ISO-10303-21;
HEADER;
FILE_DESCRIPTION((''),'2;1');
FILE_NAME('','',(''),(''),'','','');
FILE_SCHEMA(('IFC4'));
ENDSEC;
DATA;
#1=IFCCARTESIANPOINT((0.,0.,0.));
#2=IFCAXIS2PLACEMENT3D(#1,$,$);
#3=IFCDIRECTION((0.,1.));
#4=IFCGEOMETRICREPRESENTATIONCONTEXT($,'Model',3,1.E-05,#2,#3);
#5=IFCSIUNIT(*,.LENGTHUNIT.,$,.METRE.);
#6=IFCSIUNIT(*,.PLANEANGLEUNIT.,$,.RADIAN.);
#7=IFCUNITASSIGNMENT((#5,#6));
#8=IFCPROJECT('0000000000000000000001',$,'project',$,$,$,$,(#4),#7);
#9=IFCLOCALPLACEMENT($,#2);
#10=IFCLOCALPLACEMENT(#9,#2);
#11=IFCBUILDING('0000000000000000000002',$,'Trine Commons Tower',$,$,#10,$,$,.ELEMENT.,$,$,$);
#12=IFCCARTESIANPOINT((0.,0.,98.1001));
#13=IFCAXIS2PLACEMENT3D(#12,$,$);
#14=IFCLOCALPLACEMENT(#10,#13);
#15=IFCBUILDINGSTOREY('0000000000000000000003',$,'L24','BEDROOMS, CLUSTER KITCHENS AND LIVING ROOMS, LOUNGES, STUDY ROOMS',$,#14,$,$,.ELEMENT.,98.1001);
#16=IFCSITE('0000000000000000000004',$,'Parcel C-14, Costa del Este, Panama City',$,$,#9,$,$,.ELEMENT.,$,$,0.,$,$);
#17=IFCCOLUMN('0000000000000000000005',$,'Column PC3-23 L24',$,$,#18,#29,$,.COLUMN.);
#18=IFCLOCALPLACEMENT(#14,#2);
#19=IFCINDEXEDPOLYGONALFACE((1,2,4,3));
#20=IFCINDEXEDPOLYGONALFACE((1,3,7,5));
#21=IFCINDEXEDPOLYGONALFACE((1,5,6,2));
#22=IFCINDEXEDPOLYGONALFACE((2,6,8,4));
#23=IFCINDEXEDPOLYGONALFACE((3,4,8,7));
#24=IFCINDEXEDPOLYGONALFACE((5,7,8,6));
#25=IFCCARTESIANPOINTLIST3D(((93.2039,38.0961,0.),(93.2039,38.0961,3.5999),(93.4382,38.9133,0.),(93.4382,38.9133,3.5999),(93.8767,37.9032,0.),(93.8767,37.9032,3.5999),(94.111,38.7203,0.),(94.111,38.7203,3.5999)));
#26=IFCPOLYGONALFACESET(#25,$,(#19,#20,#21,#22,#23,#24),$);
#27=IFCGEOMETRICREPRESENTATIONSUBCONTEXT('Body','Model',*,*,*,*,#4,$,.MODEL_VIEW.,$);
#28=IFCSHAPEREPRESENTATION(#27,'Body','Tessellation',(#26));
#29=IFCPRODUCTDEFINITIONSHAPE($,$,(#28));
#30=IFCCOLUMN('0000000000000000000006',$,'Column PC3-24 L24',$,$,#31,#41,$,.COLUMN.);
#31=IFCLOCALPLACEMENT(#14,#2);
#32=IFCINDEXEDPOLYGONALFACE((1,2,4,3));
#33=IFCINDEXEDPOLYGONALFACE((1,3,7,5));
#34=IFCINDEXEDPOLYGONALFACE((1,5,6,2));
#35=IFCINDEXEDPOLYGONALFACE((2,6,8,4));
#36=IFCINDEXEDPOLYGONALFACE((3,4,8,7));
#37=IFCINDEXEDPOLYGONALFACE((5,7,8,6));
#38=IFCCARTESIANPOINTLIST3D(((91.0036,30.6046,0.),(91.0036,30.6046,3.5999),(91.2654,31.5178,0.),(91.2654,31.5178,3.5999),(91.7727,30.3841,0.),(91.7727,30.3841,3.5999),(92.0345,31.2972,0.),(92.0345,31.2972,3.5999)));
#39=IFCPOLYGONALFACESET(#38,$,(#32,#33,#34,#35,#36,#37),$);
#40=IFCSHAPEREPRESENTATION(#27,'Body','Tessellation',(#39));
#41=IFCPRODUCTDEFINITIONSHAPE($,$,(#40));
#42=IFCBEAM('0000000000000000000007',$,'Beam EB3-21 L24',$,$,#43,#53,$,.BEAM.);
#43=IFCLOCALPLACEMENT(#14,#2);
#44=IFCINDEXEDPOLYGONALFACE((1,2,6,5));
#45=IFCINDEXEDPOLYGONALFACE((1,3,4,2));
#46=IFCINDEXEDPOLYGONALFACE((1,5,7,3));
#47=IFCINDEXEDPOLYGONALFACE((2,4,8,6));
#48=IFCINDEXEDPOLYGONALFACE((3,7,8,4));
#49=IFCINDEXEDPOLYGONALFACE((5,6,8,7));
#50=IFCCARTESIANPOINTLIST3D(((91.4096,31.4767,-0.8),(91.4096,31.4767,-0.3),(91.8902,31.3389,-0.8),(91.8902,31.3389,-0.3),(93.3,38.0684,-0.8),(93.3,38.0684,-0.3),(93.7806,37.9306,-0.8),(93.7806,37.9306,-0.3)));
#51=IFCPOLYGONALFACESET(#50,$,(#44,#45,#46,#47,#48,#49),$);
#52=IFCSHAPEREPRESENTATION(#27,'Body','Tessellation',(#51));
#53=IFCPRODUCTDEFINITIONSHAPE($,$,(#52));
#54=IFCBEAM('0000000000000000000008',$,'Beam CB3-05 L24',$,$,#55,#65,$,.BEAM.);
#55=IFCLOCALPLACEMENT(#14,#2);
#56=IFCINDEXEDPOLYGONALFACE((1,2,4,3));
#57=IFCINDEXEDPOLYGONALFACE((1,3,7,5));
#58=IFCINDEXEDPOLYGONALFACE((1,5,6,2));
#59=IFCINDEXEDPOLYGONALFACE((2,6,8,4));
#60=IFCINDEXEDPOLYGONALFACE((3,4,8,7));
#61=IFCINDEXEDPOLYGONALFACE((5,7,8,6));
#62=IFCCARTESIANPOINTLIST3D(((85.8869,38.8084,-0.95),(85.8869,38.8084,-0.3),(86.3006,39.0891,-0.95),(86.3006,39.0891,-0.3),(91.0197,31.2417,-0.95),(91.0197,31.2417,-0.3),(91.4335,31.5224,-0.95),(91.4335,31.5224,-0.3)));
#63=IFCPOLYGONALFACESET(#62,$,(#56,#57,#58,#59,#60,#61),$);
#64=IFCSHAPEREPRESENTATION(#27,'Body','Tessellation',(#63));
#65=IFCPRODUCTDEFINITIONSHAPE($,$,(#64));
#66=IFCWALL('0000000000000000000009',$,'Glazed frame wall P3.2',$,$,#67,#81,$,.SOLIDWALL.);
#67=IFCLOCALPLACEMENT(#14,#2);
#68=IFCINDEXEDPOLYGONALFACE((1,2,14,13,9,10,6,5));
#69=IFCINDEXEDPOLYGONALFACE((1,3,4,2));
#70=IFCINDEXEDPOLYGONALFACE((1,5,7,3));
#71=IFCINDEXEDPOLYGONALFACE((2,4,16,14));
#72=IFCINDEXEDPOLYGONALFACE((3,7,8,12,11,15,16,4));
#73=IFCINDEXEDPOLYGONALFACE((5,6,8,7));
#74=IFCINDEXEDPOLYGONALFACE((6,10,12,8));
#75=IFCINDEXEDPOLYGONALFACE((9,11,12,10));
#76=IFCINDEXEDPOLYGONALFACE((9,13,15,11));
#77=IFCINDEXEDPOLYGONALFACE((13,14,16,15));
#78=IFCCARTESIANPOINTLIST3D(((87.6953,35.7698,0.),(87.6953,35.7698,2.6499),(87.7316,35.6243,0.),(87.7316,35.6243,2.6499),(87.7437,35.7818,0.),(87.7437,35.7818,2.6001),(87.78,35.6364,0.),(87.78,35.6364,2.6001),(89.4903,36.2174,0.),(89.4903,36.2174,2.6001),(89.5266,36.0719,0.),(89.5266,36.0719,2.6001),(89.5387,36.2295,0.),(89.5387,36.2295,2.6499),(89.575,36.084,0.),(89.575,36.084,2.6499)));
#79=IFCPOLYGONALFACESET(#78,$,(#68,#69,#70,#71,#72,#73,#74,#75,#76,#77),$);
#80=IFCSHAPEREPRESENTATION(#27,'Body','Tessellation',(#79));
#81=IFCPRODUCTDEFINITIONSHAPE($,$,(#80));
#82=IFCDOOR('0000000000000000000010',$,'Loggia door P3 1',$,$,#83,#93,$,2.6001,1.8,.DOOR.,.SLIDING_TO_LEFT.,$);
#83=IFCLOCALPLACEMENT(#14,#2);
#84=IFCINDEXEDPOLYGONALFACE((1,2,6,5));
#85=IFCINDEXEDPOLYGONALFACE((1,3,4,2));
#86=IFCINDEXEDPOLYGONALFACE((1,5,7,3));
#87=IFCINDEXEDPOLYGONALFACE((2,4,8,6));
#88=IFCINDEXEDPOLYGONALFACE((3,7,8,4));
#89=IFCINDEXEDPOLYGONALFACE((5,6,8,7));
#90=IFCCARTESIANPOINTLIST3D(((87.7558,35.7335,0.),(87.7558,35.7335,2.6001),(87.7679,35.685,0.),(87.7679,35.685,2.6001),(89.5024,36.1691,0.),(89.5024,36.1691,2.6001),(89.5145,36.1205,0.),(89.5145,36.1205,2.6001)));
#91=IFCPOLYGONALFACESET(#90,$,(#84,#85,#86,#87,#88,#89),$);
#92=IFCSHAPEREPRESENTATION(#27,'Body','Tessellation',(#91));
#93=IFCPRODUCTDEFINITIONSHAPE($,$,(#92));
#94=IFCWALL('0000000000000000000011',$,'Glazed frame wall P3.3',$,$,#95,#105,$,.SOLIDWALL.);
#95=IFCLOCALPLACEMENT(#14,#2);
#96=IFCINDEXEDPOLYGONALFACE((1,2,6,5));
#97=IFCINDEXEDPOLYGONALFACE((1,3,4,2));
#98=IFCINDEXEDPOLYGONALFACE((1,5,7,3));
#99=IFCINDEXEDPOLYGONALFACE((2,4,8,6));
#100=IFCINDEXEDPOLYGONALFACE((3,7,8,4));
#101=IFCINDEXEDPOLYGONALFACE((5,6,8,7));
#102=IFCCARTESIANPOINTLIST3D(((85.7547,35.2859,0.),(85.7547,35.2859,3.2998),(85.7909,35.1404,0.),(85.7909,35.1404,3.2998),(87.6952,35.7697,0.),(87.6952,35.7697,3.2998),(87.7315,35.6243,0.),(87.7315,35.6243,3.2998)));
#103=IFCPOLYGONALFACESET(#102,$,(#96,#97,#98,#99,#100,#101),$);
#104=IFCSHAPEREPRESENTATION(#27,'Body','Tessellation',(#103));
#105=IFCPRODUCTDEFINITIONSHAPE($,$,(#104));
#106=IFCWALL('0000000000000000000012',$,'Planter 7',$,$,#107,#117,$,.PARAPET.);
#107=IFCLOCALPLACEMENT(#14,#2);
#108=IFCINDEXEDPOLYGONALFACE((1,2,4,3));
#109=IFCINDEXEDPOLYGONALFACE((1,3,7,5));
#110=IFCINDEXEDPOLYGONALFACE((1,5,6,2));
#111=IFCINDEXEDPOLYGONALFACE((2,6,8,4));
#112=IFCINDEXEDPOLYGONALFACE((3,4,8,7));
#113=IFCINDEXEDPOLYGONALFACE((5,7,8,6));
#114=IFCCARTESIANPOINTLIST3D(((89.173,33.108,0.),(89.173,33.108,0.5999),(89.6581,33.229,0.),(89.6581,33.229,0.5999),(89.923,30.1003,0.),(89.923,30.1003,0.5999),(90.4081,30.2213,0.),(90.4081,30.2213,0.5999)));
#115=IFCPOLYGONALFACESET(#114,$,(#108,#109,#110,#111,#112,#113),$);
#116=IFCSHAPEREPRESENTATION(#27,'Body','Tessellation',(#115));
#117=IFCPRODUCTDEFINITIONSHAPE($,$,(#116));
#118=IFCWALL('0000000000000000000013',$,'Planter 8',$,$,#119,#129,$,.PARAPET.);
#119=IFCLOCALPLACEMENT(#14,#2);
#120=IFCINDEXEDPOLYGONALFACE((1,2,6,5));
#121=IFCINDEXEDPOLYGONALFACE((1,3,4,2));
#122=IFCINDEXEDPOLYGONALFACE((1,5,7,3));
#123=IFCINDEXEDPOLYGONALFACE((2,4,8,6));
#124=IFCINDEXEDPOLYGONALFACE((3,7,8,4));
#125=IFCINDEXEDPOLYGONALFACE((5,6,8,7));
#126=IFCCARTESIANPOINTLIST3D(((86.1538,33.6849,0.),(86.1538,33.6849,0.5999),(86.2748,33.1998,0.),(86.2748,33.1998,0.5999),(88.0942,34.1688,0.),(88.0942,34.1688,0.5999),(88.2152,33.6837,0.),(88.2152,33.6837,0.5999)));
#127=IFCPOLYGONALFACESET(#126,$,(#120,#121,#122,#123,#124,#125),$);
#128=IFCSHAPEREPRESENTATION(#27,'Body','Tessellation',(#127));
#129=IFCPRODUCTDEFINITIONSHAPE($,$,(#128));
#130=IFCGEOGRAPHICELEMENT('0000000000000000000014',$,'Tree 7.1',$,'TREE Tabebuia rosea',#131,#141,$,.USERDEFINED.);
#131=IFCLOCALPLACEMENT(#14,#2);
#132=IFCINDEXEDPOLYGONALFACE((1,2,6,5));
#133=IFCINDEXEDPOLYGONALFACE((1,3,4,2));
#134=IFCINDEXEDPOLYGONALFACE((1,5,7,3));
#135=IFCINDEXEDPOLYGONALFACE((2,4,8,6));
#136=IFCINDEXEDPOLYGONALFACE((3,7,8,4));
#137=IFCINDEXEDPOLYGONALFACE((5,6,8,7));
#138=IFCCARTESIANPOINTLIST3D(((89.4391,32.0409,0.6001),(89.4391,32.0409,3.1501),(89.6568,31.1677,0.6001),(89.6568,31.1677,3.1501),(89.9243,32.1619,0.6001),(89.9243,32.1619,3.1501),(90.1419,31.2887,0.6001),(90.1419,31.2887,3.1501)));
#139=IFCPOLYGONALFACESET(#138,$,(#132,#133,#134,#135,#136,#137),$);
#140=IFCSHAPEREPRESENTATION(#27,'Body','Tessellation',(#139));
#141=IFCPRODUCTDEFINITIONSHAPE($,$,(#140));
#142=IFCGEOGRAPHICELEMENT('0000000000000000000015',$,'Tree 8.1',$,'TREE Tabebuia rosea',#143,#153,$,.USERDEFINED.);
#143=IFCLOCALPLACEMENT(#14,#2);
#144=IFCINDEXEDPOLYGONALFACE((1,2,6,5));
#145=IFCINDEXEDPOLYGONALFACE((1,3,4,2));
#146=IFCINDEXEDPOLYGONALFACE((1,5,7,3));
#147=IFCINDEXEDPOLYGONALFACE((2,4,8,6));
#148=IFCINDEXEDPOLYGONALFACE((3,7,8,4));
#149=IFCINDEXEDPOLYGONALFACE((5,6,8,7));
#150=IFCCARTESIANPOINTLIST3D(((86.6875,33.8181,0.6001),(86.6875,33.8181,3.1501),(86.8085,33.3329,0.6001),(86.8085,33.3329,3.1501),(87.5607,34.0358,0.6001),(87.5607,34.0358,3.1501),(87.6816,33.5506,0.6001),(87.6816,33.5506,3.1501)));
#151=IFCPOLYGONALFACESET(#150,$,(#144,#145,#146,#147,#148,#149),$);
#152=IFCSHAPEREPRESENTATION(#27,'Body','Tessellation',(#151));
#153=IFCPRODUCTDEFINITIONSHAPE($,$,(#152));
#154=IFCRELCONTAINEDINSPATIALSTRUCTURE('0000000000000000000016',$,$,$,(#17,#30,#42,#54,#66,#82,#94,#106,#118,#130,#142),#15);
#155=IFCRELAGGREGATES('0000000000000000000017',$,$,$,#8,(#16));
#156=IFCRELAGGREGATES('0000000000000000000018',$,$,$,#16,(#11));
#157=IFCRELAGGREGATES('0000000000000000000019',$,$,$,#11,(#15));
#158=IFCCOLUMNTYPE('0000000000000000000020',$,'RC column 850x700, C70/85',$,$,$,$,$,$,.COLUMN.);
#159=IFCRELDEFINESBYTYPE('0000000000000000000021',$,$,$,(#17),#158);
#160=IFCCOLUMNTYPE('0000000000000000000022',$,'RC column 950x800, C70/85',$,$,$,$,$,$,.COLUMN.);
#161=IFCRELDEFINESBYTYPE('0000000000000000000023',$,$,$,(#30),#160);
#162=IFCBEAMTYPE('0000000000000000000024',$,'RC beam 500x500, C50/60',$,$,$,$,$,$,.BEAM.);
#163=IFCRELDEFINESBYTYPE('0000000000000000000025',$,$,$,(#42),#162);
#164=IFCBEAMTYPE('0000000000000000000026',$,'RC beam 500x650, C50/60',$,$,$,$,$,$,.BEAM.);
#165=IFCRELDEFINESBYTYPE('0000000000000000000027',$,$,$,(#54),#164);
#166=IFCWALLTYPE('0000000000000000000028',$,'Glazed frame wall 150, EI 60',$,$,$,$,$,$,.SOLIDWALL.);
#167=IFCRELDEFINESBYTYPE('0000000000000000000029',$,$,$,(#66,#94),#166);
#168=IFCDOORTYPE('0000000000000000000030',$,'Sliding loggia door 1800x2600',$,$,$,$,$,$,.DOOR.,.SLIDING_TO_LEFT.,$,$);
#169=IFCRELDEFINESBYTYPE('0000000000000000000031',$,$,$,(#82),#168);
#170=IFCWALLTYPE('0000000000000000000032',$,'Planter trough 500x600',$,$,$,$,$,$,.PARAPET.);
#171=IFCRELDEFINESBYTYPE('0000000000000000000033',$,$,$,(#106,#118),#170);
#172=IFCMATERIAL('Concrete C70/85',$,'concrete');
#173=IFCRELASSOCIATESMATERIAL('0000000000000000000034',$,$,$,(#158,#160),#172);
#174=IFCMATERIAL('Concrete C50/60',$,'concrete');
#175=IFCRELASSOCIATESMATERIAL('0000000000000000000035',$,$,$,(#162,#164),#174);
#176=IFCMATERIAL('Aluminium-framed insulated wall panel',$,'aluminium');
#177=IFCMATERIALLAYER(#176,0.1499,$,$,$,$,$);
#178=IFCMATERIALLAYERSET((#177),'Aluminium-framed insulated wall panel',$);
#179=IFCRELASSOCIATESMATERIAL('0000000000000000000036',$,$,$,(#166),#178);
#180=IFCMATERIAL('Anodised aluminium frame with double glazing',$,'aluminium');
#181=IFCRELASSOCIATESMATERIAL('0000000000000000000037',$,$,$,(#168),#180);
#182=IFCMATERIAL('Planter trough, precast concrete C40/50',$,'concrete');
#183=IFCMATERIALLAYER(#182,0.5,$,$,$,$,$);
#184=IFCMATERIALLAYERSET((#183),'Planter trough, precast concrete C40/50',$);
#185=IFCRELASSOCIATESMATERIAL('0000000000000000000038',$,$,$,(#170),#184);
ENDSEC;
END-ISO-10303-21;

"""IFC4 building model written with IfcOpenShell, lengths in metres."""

from ifc_helpers import new_model, si_unit, direction, frame, frame_2d, origin, origin_2d, place, context, subcontext, project, spatial, polyline, rectangle, outline, extrude, material, layer, layer_set, material_profile, profile_set, type_object, element, fill, save


model = new_model("IFC4")

# Units and contexts
model_context = context("Model", 3, precision=1e-05, world=origin(), true_north=direction((0.0, 1.0)))
body_context = subcontext(model_context, "Body", "Model", "MODEL_VIEW")
ifc_project = project(units=[si_unit("LENGTHUNIT", "METRE"), si_unit("PLANEANGLEUNIT", "RADIAN")], contexts=[model_context])

# Site, building, storey
site_placement = place(None, origin())
site = spatial("IfcSite", under=ifc_project, at=site_placement, Name="Parcel C-14, Costa del Este, Panama City", CompositionType="ELEMENT", RefElevation=0.0)
building_placement = place(site_placement, origin())
building = spatial("IfcBuilding", under=site, at=building_placement, Name="Trine Commons Tower", CompositionType="ELEMENT")
storey_placement = place(building_placement, frame((0.0, 0.0, 98.1001)))
storey = spatial("IfcBuildingStorey", under=building, at=storey_placement, Name="L24", Description="BEDROOMS, CLUSTER KITCHENS AND LIVING ROOMS, LOUNGES, STUDY ROOMS", CompositionType="ELEMENT", Elevation=98.1001)

# Columns
ifc_material_1 = material(Name="Concrete C70/85", Category="concrete")
ifc_material_profile_1 = material_profile(ifc_material_1, rectangle(XDim=0.8501, YDim=0.7, at=origin_2d()), Name="RC 850x700")
ifc_profile_set_1 = profile_set([ifc_material_profile_1], Name="Concrete C70/85")
column_type_1 = type_object("IfcColumnType", Name="RC column 850x700, C70/85", PredefinedType="COLUMN", material=ifc_profile_set_1)
column_1_placement = place(storey_placement, frame((93.6575, 38.4082, 0.0), z_axis=(0.0, 0.0, 1.0), x_axis=(0.275637, 0.961262, 0.0)))
element("IfcColumn", 1, at=column_1_placement, inside=storey, type_object=column_type_1, Name="Column PC3-23 L24", PredefinedType="COLUMN", context=body_context, shape_type="SweptSolid", body=[
    extrude(rectangle(XDim=0.8501, YDim=0.7, at=origin_2d()), origin(), (0.0, 0.0, 1.0), 3.5999),
])
ifc_material_profile_2 = material_profile(ifc_material_1, rectangle(XDim=0.95, YDim=0.8, at=origin_2d()), Name="RC 950x800")
ifc_profile_set_2 = profile_set([ifc_material_profile_2], Name="Concrete C70/85")
column_type_2 = type_object("IfcColumnType", Name="RC column 950x800, C70/85", PredefinedType="COLUMN", material=ifc_profile_set_2)
column_2_placement = place(storey_placement, frame((91.519, 30.9509, 0.0), z_axis=(0.0, 0.0, 1.0), x_axis=(0.275637, 0.961262, 0.0)))
element("IfcColumn", 2, at=column_2_placement, inside=storey, type_object=column_type_2, Name="Column PC3-24 L24", PredefinedType="COLUMN", context=body_context, shape_type="SweptSolid", body=[
    extrude(rectangle(XDim=0.95, YDim=0.8, at=origin_2d()), origin(), (0.0, 0.0, 1.0), 3.5999),
])

# Beams
ifc_material_2 = material(Name="Concrete C50/60", Category="concrete")
ifc_material_profile_3 = material_profile(ifc_material_2, rectangle(XDim=0.5, YDim=0.5, at=origin_2d()), Name="RC 500x500")
ifc_profile_set_3 = profile_set([ifc_material_profile_3], Name="Concrete C50/60")
beam_type_1 = type_object("IfcBeamType", Name="RC beam 500x500, C50/60", PredefinedType="BEAM", material=ifc_profile_set_3)
beam_1_placement = place(storey_placement, frame((93.5403, 37.9995, -0.55), z_axis=(-0.275666, -0.961253, 0.0), x_axis=(0.961253, -0.275666, 0.0)))
element("IfcBeam", 3, at=beam_1_placement, inside=storey, type_object=beam_type_1, Name="Beam EB3-21 L24", PredefinedType="BEAM", context=body_context, shape_type="SweptSolid", body=[
    extrude(rectangle(XDim=0.5, YDim=0.5, at=origin_2d()), origin(), (0.0, 0.0, 1.0), 6.8574),
])
ifc_material_profile_4 = material_profile(ifc_material_2, rectangle(XDim=0.5, YDim=0.6499, at=origin_2d()), Name="RC 500x650")
ifc_profile_set_4 = profile_set([ifc_material_profile_4], Name="Concrete C50/60")
beam_type_2 = type_object("IfcBeamType", Name="RC beam 500x650, C50/60", PredefinedType="BEAM", material=ifc_profile_set_4)
beam_2_placement = place(storey_placement, frame((91.2266, 31.3821, -0.625), z_axis=(-0.561374, 0.827562, 0.0), x_axis=(-0.827562, -0.561374, 0.0)))
element("IfcBeam", 4, at=beam_2_placement, inside=storey, type_object=beam_type_2, Name="Beam CB3-05 L24", PredefinedType="BEAM", context=body_context, shape_type="SweptSolid", body=[
    extrude(rectangle(XDim=0.5, YDim=0.6499, at=origin_2d()), origin(), (0.0, 0.0, 1.0), 9.1433),
])

# Shared definitions
ifc_material_3 = material(Name="Aluminium-framed insulated wall panel", Category="aluminium")
ifc_layer_1 = layer(ifc_material_3, 0.1499)
ifc_layer_set_1 = layer_set([ifc_layer_1], Name="Aluminium-framed insulated wall panel")
wall_type_1 = type_object("IfcWallType", Name="Glazed frame wall 150, EI 60", PredefinedType="SOLIDWALL", material=ifc_layer_set_1)

# Wall, opening, door
wall_1_placement = place(storey_placement, frame((89.5569, 36.1567, 0.0), z_axis=(0.0, 0.0, 1.0), x_axis=(-0.970286, -0.241961, 0.0)))
wall_1 = element("IfcWall", 5, at=wall_1_placement, inside=storey, type_object=wall_type_1, Name="Glazed frame wall P3.2", PredefinedType="SOLIDWALL", context=body_context, shape_type="SweptSolid", body=[
    extrude(outline(polyline([(0.0, -0.075), (1.8999, -0.075), (1.8999, 0.075), (0.0, 0.075), (0.0, -0.075)])), origin(), (0.0, 0.0, 1.0), 2.6499),
])
opening_placement = place(wall_1_placement, frame((0.05, 0.0, 0.0)))
opening = element("IfcOpeningElement", 6, at=opening_placement, cuts=wall_1, PredefinedType="OPENING", context=body_context, shape_type="SweptSolid", body=[
    extrude(rectangle(XDim=1.8, YDim=2.6001, at=frame_2d((0.8999, 1.3))), frame((0.0, 0.085, 0.0), z_axis=(0.0, -1.0, 0.0), x_axis=(1.0, 0.0, 0.0)), (0.0, 0.0, 1.0), 0.1699),
])
ifc_material_4 = material(Name="Anodised aluminium frame with double glazing", Category="aluminium")
door_type = type_object("IfcDoorType", Name="Sliding loggia door 1800x2600", OperationType="SLIDING_TO_LEFT", PredefinedType="DOOR", material=ifc_material_4)
door_placement = place(opening_placement, origin())
door = element("IfcDoor", 7, at=door_placement, inside=storey, type_object=door_type, Name="Loggia door P3 1", OperationType="SLIDING_TO_LEFT", OverallHeight=2.6001, OverallWidth=1.8, PredefinedType="DOOR", context=body_context, shape_type="SweptSolid", body=[
    extrude(rectangle(XDim=1.8, YDim=2.6001, at=frame_2d((0.8999, 1.3))), frame((0.0, 0.0249, 0.0), z_axis=(0.0, -1.0, 0.0), x_axis=(1.0, 0.0, 0.0)), (0.0, 0.0, 1.0), 0.05),
])
fill(opening, door)

# Walls
wall_2_placement = place(storey_placement, frame((87.7134, 35.697, 0.0), z_axis=(0.0, 0.0, 1.0), x_axis=(-0.970293, -0.241932, 0.0)))
element("IfcWall", 8, at=wall_2_placement, inside=storey, type_object=wall_type_1, Name="Glazed frame wall P3.3", PredefinedType="SOLIDWALL", context=body_context, shape_type="SweptSolid", body=[
    extrude(outline(polyline([(0.0, -0.075), (2.0, -0.075), (2.0, 0.075), (0.0, 0.075), (0.0, -0.075)])), origin(), (0.0, 0.0, 1.0), 3.2998),
])
ifc_material_5 = material(Name="Planter trough, precast concrete C40/50", Category="concrete")
ifc_layer_2 = layer(ifc_material_5, 0.5)
ifc_layer_set_2 = layer_set([ifc_layer_2], Name="Planter trough, precast concrete C40/50")
wall_type_2 = type_object("IfcWallType", Name="Planter trough 500x600", PredefinedType="PARAPET", material=ifc_layer_set_2)
wall_3_placement = place(storey_placement, frame((90.1655, 30.1609, 0.0), z_axis=(0.0, 0.0, 1.0), x_axis=(-0.241943, 0.970291, 0.0)))
element("IfcWall", 9, at=wall_3_placement, inside=storey, type_object=wall_type_2, Name="Planter 7", PredefinedType="PARAPET", context=body_context, shape_type="SweptSolid", body=[
    extrude(rectangle(XDim=3.0999, YDim=0.5, at=frame_2d((1.5498, 0.0))), origin(), (0.0, 0.0, 1.0), 0.5999),
])
wall_4_placement = place(storey_placement, frame((88.1548, 33.9263, 0.0), z_axis=(0.0, 0.0, 1.0), x_axis=(-0.970286, -0.241961, 0.0)))
element("IfcWall", 10, at=wall_4_placement, inside=storey, type_object=wall_type_2, Name="Planter 8", PredefinedType="PARAPET", context=body_context, shape_type="SweptSolid", body=[
    extrude(rectangle(XDim=1.9998, YDim=0.5, at=frame_2d((1.0, 0.0))), origin(), (0.0, 0.0, 1.0), 0.5999),
])

# Geographic elements
for number, where, z_axis, x_axis, name in (
    (11, (89.7905, 31.6648, 0.6001), (0.0, 0.0, 1.0), (-0.241908, 0.970299, 0.0), "Tree 7.1"),
    (12, (87.1846, 33.6843, 0.6001), (0.0, 0.0, 1.0), (-0.970297, -0.241915, 0.0), "Tree 8.1"),
):
    element("IfcGeographicElement", number, at=place(storey_placement, frame(where, z_axis=z_axis, x_axis=x_axis)), inside=storey, Name=name, ObjectType="TREE Tabebuia rosea", PredefinedType="USERDEFINED", context=body_context, shape_type="SweptSolid", body=[
        extrude(rectangle(XDim=0.8999, YDim=0.5, at=origin_2d()), origin(), (0.0, 0.0, 1.0), 2.55),
    ])

save(model, "model.ifc")
